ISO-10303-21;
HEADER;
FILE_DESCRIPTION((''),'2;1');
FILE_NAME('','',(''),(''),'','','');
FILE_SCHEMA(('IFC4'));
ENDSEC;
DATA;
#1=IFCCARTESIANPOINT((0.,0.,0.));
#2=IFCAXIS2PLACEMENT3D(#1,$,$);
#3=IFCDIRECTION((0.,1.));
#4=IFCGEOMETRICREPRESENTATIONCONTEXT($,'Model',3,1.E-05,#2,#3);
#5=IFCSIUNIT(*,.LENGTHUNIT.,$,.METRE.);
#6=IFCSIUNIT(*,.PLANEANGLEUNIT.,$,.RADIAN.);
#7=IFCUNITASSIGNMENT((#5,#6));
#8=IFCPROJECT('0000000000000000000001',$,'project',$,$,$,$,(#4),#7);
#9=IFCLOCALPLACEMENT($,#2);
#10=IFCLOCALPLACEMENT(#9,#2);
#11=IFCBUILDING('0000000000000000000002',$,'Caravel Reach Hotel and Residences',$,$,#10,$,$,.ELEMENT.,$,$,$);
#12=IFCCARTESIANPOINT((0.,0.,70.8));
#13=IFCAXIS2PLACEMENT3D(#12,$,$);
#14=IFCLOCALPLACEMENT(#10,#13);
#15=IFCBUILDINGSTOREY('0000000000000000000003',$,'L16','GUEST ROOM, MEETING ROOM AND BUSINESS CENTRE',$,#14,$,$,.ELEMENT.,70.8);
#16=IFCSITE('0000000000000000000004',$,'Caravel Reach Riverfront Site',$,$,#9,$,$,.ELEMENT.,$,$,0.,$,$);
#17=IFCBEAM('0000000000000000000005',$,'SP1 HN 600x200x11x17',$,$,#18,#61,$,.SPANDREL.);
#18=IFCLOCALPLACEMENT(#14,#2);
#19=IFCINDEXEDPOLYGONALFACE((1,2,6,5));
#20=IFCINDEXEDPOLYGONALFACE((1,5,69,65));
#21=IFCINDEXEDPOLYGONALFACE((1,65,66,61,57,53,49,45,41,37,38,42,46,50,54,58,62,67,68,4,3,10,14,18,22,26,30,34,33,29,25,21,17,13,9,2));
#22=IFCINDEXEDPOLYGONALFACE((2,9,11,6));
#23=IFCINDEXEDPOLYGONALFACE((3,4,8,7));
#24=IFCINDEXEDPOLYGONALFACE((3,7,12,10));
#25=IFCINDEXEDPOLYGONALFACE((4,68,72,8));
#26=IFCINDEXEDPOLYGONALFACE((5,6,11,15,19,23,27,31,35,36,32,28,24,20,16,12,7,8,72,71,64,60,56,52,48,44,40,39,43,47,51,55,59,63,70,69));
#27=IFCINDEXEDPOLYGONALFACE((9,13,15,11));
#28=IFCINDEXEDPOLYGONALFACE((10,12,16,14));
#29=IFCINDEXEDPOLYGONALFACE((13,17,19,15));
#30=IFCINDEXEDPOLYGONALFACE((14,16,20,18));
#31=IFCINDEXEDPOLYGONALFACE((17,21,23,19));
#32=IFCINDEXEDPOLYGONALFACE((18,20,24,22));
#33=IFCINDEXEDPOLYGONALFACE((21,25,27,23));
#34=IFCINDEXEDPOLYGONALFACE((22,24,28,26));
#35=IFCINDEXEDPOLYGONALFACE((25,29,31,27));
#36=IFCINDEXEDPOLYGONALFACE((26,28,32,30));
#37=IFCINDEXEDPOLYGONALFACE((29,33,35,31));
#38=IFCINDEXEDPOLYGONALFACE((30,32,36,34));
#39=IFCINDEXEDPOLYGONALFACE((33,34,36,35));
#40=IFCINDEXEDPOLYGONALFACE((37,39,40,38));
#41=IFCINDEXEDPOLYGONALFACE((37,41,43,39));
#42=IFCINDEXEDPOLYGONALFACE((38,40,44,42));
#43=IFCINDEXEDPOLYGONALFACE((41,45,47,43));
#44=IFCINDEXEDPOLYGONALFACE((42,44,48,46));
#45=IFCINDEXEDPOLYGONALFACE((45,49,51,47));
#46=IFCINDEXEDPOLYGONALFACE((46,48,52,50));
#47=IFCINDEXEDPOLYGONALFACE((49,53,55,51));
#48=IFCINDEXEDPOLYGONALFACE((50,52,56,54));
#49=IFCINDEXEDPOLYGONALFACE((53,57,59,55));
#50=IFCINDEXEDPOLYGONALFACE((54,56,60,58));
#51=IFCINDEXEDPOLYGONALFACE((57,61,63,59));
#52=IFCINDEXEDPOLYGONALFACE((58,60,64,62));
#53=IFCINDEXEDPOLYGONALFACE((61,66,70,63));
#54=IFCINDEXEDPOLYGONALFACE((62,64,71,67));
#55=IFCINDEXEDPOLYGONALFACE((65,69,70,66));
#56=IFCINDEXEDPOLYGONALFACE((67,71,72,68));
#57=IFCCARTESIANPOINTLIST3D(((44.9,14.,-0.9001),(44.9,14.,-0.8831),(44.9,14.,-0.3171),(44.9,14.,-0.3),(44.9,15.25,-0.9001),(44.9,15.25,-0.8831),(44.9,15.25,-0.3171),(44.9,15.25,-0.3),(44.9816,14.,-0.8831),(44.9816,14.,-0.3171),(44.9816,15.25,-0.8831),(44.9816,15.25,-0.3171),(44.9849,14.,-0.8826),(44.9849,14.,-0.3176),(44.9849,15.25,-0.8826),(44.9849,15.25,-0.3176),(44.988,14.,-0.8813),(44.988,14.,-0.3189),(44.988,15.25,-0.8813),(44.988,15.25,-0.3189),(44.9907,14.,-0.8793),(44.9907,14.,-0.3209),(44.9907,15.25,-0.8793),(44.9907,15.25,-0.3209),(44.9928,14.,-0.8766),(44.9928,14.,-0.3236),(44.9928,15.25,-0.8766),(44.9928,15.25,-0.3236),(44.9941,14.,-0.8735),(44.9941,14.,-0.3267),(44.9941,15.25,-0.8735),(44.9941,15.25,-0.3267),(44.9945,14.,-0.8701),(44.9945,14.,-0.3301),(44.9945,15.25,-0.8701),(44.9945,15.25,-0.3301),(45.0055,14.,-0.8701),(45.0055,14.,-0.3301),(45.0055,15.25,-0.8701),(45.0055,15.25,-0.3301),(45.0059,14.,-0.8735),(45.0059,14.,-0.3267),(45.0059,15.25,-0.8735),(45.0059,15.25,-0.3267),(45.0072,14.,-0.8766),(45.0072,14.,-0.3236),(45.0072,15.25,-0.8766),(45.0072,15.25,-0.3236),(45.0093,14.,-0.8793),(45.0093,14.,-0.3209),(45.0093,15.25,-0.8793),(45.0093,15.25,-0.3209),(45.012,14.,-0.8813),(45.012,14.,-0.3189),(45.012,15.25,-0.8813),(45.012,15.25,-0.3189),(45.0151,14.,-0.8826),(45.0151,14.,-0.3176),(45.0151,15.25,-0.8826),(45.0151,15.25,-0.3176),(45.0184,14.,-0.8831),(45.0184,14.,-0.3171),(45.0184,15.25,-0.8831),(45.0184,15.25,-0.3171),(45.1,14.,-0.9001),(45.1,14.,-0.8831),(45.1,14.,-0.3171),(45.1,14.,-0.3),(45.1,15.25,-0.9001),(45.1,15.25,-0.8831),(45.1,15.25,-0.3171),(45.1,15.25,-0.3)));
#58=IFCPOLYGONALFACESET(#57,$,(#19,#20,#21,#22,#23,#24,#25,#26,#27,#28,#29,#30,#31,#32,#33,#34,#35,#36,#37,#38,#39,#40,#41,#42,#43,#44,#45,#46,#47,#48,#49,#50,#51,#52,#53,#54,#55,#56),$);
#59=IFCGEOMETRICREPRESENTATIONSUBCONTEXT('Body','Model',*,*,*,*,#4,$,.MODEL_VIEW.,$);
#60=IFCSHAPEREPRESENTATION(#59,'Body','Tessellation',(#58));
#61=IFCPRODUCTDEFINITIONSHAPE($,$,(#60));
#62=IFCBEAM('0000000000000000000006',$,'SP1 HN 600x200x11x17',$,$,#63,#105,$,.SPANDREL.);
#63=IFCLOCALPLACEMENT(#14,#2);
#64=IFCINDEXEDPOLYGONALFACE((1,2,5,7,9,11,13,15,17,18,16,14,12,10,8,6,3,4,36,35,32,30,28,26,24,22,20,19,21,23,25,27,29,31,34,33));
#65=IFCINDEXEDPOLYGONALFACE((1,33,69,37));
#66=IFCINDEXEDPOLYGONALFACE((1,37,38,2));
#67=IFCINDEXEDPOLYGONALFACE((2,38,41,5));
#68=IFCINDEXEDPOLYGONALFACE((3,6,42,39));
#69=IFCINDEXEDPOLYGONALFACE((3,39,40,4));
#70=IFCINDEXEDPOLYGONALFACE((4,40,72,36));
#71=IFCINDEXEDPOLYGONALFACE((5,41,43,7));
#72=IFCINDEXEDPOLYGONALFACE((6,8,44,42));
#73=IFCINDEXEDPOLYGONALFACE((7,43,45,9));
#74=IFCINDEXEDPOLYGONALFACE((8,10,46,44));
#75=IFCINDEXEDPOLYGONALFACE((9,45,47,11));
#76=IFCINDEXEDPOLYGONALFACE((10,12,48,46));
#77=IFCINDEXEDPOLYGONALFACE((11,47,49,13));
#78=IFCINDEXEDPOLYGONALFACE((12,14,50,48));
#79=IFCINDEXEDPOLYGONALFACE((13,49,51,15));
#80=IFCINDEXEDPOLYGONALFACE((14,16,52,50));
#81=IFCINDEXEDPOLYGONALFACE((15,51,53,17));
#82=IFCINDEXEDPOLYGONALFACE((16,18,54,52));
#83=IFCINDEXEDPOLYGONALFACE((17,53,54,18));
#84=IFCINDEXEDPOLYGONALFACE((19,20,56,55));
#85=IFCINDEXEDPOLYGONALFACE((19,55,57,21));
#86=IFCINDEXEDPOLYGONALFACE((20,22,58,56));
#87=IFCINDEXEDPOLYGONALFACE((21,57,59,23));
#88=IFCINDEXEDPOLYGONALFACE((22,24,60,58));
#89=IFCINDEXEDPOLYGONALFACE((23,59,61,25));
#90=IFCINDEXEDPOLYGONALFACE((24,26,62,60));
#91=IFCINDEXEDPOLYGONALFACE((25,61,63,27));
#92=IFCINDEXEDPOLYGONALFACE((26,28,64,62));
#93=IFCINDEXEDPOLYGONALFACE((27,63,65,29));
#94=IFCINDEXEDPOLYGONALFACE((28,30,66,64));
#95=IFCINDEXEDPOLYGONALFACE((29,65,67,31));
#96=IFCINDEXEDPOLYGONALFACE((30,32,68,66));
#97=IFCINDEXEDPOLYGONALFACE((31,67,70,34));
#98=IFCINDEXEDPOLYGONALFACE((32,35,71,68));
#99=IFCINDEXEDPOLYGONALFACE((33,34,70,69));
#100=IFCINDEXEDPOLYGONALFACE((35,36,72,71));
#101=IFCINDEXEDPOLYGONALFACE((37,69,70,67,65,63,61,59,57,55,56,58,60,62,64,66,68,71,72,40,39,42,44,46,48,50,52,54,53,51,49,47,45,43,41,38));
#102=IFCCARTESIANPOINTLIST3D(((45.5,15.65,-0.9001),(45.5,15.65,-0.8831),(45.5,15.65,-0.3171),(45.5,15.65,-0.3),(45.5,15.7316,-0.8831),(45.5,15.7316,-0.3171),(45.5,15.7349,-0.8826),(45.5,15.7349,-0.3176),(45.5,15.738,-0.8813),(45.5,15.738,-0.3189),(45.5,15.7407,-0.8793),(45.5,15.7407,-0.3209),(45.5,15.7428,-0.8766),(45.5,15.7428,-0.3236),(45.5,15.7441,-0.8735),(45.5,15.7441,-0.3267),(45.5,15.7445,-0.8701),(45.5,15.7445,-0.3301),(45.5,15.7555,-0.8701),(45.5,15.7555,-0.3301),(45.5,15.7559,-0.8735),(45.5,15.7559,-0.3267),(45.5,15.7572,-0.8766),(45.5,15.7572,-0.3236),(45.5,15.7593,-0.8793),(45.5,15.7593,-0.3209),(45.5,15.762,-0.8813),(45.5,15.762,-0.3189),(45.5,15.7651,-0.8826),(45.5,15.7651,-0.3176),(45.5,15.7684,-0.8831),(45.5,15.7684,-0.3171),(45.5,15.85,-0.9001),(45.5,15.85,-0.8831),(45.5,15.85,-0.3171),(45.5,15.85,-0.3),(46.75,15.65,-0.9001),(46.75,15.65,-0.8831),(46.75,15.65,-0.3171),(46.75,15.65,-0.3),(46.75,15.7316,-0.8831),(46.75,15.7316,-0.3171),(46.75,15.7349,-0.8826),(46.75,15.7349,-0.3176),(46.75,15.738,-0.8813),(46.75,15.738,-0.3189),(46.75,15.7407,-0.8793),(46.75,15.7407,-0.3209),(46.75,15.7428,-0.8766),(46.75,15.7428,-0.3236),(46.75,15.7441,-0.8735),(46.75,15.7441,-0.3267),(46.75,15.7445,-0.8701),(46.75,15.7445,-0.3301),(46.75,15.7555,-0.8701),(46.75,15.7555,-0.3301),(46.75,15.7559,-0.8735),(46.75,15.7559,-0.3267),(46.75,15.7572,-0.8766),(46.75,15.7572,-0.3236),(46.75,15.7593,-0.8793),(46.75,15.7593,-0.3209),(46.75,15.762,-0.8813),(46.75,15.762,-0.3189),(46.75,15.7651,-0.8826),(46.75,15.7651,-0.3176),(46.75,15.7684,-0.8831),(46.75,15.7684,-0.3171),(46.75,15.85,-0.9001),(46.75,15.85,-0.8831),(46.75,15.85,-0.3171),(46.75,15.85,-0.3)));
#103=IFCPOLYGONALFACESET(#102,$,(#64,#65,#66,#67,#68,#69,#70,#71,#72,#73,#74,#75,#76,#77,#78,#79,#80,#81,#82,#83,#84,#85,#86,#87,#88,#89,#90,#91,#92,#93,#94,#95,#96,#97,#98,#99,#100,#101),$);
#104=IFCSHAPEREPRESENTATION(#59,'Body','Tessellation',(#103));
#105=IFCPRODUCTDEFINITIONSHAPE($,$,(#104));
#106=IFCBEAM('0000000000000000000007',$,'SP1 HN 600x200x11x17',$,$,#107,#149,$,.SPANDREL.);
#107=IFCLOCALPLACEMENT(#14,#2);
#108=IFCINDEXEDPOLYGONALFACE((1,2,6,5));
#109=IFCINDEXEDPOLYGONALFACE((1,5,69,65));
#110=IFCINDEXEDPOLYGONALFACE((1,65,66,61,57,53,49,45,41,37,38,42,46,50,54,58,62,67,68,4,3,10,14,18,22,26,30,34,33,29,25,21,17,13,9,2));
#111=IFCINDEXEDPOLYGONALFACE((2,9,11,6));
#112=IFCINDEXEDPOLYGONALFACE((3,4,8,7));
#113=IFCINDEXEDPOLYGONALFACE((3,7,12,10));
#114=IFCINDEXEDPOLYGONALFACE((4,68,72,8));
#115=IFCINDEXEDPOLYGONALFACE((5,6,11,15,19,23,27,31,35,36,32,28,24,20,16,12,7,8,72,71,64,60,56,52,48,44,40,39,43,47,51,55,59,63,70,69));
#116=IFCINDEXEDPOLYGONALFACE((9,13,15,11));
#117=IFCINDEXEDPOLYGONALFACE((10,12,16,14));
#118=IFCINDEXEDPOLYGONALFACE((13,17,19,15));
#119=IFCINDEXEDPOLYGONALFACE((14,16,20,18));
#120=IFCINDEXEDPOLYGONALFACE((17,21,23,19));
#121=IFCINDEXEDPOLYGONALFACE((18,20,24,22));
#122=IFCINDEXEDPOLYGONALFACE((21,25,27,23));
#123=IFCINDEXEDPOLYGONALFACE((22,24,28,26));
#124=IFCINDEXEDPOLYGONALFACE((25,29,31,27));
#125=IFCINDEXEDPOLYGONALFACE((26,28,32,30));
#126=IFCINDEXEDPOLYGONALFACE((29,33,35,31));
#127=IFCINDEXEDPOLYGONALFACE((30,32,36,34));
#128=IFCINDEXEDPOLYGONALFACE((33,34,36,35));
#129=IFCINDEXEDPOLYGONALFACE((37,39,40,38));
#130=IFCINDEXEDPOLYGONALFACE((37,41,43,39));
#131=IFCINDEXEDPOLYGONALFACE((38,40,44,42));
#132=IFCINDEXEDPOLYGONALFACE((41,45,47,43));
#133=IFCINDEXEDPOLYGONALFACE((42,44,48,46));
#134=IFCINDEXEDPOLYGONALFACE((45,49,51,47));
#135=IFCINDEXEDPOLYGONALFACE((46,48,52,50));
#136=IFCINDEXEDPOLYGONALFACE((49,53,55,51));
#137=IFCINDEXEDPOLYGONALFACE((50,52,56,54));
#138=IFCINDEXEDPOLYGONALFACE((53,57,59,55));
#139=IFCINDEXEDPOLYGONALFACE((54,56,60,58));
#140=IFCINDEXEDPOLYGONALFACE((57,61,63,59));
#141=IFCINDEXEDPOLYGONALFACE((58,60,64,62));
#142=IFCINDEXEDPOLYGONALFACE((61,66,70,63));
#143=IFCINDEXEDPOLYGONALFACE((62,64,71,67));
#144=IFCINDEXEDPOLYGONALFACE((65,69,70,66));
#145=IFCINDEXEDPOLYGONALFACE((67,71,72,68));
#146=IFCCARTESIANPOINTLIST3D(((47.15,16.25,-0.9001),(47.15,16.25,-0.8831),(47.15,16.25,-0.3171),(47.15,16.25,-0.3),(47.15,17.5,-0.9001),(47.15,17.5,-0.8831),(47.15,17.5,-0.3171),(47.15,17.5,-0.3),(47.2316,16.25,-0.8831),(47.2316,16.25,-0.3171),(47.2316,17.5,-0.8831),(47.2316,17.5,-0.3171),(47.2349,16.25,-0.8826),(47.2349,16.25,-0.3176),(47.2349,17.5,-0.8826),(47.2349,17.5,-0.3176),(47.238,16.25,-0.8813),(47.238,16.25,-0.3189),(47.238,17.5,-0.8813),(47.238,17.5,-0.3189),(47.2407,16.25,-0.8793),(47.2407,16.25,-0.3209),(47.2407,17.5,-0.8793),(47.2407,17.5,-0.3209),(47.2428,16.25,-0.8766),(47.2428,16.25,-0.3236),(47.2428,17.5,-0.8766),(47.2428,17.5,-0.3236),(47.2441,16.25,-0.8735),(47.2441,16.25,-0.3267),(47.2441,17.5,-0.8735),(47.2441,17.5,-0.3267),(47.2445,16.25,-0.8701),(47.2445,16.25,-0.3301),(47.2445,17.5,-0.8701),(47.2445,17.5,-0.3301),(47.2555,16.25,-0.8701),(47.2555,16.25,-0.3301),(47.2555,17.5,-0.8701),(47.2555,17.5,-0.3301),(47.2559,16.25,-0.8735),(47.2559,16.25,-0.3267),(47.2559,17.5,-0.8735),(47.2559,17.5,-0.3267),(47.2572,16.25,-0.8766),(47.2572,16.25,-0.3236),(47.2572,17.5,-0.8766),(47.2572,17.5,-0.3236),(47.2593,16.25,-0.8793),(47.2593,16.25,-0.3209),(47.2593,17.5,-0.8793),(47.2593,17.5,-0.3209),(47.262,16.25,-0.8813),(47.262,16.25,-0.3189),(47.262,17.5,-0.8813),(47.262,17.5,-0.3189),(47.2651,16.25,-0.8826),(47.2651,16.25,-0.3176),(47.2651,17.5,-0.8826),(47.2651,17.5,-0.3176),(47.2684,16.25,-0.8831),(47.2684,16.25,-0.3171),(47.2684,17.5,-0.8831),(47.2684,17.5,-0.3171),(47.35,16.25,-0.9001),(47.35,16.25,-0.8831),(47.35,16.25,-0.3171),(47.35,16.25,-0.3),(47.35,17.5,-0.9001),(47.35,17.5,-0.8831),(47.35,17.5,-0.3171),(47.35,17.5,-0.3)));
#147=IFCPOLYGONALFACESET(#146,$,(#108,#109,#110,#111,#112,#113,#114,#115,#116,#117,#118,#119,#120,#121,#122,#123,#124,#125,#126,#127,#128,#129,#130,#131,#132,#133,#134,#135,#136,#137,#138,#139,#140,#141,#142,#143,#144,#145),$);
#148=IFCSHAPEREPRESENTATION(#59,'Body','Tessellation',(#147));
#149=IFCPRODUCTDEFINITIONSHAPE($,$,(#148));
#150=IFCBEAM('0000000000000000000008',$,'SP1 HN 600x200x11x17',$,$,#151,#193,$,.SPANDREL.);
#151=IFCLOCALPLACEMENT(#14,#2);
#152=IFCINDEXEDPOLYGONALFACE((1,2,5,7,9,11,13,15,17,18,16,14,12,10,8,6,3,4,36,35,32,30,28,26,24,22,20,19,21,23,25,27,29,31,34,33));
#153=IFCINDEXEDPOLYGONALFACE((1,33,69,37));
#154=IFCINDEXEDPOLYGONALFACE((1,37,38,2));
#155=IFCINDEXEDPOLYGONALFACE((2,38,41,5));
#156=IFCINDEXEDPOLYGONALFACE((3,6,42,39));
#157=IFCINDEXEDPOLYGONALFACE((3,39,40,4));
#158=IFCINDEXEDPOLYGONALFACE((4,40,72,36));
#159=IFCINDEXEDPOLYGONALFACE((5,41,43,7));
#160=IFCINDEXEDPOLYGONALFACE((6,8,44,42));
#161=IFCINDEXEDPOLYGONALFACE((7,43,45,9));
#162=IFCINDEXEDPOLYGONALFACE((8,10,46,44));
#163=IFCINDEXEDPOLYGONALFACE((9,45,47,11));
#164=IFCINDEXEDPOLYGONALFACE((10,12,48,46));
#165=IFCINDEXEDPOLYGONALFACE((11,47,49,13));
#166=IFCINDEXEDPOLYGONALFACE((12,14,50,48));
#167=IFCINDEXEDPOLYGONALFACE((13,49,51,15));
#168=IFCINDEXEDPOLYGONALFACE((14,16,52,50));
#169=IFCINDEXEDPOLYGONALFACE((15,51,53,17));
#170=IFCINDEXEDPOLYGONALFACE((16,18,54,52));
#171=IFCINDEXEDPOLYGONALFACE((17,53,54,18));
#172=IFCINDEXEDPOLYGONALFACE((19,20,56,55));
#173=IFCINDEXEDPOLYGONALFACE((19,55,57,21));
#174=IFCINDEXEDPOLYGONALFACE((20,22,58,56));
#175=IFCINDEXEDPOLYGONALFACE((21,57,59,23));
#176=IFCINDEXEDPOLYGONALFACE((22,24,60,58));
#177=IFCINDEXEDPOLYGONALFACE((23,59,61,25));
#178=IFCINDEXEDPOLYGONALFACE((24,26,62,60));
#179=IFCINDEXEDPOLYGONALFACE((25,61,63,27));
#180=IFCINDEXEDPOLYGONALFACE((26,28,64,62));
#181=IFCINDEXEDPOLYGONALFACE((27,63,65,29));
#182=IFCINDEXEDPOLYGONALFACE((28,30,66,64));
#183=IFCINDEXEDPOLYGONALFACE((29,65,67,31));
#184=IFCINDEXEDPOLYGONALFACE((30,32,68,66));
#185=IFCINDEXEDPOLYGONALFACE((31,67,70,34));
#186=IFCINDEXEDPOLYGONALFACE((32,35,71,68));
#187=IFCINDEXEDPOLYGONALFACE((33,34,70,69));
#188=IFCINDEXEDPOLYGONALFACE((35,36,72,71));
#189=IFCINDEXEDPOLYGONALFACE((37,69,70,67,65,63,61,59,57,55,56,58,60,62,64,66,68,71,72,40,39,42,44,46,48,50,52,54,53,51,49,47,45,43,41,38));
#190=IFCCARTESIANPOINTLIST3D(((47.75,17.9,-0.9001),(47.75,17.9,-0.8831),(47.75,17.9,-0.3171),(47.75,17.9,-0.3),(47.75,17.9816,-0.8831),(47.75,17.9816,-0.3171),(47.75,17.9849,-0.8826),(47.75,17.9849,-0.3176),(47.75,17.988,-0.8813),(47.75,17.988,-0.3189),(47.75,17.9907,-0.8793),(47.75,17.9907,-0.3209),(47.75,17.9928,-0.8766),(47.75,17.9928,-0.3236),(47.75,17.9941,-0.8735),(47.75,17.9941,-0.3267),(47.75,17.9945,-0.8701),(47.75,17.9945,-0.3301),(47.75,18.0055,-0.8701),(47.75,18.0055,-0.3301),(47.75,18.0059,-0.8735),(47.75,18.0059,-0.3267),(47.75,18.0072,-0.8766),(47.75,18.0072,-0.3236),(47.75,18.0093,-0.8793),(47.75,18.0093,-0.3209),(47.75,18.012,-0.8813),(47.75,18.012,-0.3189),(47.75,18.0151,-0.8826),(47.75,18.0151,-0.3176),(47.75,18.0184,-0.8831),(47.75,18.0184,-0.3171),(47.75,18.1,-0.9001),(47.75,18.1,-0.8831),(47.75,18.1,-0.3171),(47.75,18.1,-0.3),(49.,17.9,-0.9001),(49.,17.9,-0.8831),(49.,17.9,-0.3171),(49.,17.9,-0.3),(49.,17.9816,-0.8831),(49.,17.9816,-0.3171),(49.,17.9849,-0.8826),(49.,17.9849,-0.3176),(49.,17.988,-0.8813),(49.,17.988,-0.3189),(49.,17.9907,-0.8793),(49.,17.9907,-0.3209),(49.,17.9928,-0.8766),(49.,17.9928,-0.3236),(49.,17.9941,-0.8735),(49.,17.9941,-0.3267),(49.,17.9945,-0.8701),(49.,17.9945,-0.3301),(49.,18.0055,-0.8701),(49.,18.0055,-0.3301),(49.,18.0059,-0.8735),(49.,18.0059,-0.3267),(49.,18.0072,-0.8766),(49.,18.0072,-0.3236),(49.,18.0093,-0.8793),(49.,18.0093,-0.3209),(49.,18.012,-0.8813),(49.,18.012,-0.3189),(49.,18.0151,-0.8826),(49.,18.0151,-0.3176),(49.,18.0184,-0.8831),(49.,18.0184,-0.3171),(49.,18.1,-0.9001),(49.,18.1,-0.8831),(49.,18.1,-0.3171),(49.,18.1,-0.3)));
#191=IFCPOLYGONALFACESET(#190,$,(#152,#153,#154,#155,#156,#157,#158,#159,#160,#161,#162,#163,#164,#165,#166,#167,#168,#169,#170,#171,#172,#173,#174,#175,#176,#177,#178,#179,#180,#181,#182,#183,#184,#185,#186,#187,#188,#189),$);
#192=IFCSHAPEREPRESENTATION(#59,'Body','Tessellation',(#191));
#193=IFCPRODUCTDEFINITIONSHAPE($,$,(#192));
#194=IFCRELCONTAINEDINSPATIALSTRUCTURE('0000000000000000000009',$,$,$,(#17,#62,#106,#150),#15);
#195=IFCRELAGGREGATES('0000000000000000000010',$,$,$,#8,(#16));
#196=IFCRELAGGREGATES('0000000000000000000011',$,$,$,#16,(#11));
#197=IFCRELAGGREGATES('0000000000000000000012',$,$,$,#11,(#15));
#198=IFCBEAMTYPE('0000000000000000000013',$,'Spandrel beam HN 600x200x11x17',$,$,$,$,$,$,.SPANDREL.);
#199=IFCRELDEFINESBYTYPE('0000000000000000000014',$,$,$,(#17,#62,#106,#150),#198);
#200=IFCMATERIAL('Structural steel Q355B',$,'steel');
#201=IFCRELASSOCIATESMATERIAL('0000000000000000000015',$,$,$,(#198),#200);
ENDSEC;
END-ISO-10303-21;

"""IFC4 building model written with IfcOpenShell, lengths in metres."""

from ifc_helpers import new_model, si_unit, direction, frame, origin, origin_2d, place, context, subcontext, project, spatial, i_section, extrude, material, material_profile, profile_set, type_object, element, save


model = new_model("IFC4")

# Units and contexts
model_context = context("Model", 3, precision=1e-05, world=origin(), true_north=direction((0.0, 1.0)))
body_context = subcontext(model_context, "Body", "Model", "MODEL_VIEW")
ifc_project = project(units=[si_unit("LENGTHUNIT", "METRE"), si_unit("PLANEANGLEUNIT", "RADIAN")], contexts=[model_context])

# Site, building, storey
site_placement = place(None, origin())
site = spatial("IfcSite", under=ifc_project, at=site_placement, Name="Caravel Reach Riverfront Site", CompositionType="ELEMENT", RefElevation=0.0)
building_placement = place(site_placement, origin())
building = spatial("IfcBuilding", under=site, at=building_placement, Name="Caravel Reach Hotel and Residences", CompositionType="ELEMENT")
storey_placement = place(building_placement, frame((0.0, 0.0, 70.8)))
storey = spatial("IfcBuildingStorey", under=building, at=storey_placement, Name="L16", Description="GUEST ROOM, MEETING ROOM AND BUSINESS CENTRE", CompositionType="ELEMENT", Elevation=70.8)

# Beams
ifc_material_1 = material(Name="Structural steel Q355B", Category="steel")
ifc_material_profile_1 = material_profile(ifc_material_1, i_section(OverallWidth=0.2, OverallDepth=0.6001, WebThickness=0.011, FlangeThickness=0.0171, FilletRadius=0.0129, at=origin_2d()), Name="HN 600x200x11x17")
ifc_profile_set_1 = profile_set([ifc_material_profile_1], Name="Structural steel Q355B")
beam_type_1 = type_object("IfcBeamType", Name="Spandrel beam HN 600x200x11x17", PredefinedType="SPANDREL", material=ifc_profile_set_1)
for number, where, z_axis, x_axis, name in (
    (1, (45.0, 14.0, -0.6001), (0.0, 1.0, 0.0), (-1.0, 0.0, 0.0), "SP1 HN 600x200x11x17"),
    (2, (45.5, 15.75, -0.6001), (1.0, 0.0, 0.0), (0.0, 1.0, 0.0), "SP1 HN 600x200x11x17"),
    (3, (47.25, 16.25, -0.6001), (0.0, 1.0, 0.0), (-1.0, 0.0, 0.0), "SP1 HN 600x200x11x17"),
    (4, (47.75, 18.0, -0.6001), (1.0, 0.0, 0.0), (0.0, 1.0, 0.0), "SP1 HN 600x200x11x17"),
):
    element("IfcBeam", number, at=place(storey_placement, frame(where, z_axis=z_axis, x_axis=x_axis)), inside=storey, type_object=beam_type_1, Name=name, PredefinedType="SPANDREL", context=body_context, shape_type="SweptSolid", body=[
        extrude(i_section(OverallWidth=0.2, OverallDepth=0.6001, WebThickness=0.011, FlangeThickness=0.0171, FilletRadius=0.0129, at=origin_2d()), origin(), (0.0, 0.0, 1.0), 1.25),
    ])

save(model, "model.ifc")
